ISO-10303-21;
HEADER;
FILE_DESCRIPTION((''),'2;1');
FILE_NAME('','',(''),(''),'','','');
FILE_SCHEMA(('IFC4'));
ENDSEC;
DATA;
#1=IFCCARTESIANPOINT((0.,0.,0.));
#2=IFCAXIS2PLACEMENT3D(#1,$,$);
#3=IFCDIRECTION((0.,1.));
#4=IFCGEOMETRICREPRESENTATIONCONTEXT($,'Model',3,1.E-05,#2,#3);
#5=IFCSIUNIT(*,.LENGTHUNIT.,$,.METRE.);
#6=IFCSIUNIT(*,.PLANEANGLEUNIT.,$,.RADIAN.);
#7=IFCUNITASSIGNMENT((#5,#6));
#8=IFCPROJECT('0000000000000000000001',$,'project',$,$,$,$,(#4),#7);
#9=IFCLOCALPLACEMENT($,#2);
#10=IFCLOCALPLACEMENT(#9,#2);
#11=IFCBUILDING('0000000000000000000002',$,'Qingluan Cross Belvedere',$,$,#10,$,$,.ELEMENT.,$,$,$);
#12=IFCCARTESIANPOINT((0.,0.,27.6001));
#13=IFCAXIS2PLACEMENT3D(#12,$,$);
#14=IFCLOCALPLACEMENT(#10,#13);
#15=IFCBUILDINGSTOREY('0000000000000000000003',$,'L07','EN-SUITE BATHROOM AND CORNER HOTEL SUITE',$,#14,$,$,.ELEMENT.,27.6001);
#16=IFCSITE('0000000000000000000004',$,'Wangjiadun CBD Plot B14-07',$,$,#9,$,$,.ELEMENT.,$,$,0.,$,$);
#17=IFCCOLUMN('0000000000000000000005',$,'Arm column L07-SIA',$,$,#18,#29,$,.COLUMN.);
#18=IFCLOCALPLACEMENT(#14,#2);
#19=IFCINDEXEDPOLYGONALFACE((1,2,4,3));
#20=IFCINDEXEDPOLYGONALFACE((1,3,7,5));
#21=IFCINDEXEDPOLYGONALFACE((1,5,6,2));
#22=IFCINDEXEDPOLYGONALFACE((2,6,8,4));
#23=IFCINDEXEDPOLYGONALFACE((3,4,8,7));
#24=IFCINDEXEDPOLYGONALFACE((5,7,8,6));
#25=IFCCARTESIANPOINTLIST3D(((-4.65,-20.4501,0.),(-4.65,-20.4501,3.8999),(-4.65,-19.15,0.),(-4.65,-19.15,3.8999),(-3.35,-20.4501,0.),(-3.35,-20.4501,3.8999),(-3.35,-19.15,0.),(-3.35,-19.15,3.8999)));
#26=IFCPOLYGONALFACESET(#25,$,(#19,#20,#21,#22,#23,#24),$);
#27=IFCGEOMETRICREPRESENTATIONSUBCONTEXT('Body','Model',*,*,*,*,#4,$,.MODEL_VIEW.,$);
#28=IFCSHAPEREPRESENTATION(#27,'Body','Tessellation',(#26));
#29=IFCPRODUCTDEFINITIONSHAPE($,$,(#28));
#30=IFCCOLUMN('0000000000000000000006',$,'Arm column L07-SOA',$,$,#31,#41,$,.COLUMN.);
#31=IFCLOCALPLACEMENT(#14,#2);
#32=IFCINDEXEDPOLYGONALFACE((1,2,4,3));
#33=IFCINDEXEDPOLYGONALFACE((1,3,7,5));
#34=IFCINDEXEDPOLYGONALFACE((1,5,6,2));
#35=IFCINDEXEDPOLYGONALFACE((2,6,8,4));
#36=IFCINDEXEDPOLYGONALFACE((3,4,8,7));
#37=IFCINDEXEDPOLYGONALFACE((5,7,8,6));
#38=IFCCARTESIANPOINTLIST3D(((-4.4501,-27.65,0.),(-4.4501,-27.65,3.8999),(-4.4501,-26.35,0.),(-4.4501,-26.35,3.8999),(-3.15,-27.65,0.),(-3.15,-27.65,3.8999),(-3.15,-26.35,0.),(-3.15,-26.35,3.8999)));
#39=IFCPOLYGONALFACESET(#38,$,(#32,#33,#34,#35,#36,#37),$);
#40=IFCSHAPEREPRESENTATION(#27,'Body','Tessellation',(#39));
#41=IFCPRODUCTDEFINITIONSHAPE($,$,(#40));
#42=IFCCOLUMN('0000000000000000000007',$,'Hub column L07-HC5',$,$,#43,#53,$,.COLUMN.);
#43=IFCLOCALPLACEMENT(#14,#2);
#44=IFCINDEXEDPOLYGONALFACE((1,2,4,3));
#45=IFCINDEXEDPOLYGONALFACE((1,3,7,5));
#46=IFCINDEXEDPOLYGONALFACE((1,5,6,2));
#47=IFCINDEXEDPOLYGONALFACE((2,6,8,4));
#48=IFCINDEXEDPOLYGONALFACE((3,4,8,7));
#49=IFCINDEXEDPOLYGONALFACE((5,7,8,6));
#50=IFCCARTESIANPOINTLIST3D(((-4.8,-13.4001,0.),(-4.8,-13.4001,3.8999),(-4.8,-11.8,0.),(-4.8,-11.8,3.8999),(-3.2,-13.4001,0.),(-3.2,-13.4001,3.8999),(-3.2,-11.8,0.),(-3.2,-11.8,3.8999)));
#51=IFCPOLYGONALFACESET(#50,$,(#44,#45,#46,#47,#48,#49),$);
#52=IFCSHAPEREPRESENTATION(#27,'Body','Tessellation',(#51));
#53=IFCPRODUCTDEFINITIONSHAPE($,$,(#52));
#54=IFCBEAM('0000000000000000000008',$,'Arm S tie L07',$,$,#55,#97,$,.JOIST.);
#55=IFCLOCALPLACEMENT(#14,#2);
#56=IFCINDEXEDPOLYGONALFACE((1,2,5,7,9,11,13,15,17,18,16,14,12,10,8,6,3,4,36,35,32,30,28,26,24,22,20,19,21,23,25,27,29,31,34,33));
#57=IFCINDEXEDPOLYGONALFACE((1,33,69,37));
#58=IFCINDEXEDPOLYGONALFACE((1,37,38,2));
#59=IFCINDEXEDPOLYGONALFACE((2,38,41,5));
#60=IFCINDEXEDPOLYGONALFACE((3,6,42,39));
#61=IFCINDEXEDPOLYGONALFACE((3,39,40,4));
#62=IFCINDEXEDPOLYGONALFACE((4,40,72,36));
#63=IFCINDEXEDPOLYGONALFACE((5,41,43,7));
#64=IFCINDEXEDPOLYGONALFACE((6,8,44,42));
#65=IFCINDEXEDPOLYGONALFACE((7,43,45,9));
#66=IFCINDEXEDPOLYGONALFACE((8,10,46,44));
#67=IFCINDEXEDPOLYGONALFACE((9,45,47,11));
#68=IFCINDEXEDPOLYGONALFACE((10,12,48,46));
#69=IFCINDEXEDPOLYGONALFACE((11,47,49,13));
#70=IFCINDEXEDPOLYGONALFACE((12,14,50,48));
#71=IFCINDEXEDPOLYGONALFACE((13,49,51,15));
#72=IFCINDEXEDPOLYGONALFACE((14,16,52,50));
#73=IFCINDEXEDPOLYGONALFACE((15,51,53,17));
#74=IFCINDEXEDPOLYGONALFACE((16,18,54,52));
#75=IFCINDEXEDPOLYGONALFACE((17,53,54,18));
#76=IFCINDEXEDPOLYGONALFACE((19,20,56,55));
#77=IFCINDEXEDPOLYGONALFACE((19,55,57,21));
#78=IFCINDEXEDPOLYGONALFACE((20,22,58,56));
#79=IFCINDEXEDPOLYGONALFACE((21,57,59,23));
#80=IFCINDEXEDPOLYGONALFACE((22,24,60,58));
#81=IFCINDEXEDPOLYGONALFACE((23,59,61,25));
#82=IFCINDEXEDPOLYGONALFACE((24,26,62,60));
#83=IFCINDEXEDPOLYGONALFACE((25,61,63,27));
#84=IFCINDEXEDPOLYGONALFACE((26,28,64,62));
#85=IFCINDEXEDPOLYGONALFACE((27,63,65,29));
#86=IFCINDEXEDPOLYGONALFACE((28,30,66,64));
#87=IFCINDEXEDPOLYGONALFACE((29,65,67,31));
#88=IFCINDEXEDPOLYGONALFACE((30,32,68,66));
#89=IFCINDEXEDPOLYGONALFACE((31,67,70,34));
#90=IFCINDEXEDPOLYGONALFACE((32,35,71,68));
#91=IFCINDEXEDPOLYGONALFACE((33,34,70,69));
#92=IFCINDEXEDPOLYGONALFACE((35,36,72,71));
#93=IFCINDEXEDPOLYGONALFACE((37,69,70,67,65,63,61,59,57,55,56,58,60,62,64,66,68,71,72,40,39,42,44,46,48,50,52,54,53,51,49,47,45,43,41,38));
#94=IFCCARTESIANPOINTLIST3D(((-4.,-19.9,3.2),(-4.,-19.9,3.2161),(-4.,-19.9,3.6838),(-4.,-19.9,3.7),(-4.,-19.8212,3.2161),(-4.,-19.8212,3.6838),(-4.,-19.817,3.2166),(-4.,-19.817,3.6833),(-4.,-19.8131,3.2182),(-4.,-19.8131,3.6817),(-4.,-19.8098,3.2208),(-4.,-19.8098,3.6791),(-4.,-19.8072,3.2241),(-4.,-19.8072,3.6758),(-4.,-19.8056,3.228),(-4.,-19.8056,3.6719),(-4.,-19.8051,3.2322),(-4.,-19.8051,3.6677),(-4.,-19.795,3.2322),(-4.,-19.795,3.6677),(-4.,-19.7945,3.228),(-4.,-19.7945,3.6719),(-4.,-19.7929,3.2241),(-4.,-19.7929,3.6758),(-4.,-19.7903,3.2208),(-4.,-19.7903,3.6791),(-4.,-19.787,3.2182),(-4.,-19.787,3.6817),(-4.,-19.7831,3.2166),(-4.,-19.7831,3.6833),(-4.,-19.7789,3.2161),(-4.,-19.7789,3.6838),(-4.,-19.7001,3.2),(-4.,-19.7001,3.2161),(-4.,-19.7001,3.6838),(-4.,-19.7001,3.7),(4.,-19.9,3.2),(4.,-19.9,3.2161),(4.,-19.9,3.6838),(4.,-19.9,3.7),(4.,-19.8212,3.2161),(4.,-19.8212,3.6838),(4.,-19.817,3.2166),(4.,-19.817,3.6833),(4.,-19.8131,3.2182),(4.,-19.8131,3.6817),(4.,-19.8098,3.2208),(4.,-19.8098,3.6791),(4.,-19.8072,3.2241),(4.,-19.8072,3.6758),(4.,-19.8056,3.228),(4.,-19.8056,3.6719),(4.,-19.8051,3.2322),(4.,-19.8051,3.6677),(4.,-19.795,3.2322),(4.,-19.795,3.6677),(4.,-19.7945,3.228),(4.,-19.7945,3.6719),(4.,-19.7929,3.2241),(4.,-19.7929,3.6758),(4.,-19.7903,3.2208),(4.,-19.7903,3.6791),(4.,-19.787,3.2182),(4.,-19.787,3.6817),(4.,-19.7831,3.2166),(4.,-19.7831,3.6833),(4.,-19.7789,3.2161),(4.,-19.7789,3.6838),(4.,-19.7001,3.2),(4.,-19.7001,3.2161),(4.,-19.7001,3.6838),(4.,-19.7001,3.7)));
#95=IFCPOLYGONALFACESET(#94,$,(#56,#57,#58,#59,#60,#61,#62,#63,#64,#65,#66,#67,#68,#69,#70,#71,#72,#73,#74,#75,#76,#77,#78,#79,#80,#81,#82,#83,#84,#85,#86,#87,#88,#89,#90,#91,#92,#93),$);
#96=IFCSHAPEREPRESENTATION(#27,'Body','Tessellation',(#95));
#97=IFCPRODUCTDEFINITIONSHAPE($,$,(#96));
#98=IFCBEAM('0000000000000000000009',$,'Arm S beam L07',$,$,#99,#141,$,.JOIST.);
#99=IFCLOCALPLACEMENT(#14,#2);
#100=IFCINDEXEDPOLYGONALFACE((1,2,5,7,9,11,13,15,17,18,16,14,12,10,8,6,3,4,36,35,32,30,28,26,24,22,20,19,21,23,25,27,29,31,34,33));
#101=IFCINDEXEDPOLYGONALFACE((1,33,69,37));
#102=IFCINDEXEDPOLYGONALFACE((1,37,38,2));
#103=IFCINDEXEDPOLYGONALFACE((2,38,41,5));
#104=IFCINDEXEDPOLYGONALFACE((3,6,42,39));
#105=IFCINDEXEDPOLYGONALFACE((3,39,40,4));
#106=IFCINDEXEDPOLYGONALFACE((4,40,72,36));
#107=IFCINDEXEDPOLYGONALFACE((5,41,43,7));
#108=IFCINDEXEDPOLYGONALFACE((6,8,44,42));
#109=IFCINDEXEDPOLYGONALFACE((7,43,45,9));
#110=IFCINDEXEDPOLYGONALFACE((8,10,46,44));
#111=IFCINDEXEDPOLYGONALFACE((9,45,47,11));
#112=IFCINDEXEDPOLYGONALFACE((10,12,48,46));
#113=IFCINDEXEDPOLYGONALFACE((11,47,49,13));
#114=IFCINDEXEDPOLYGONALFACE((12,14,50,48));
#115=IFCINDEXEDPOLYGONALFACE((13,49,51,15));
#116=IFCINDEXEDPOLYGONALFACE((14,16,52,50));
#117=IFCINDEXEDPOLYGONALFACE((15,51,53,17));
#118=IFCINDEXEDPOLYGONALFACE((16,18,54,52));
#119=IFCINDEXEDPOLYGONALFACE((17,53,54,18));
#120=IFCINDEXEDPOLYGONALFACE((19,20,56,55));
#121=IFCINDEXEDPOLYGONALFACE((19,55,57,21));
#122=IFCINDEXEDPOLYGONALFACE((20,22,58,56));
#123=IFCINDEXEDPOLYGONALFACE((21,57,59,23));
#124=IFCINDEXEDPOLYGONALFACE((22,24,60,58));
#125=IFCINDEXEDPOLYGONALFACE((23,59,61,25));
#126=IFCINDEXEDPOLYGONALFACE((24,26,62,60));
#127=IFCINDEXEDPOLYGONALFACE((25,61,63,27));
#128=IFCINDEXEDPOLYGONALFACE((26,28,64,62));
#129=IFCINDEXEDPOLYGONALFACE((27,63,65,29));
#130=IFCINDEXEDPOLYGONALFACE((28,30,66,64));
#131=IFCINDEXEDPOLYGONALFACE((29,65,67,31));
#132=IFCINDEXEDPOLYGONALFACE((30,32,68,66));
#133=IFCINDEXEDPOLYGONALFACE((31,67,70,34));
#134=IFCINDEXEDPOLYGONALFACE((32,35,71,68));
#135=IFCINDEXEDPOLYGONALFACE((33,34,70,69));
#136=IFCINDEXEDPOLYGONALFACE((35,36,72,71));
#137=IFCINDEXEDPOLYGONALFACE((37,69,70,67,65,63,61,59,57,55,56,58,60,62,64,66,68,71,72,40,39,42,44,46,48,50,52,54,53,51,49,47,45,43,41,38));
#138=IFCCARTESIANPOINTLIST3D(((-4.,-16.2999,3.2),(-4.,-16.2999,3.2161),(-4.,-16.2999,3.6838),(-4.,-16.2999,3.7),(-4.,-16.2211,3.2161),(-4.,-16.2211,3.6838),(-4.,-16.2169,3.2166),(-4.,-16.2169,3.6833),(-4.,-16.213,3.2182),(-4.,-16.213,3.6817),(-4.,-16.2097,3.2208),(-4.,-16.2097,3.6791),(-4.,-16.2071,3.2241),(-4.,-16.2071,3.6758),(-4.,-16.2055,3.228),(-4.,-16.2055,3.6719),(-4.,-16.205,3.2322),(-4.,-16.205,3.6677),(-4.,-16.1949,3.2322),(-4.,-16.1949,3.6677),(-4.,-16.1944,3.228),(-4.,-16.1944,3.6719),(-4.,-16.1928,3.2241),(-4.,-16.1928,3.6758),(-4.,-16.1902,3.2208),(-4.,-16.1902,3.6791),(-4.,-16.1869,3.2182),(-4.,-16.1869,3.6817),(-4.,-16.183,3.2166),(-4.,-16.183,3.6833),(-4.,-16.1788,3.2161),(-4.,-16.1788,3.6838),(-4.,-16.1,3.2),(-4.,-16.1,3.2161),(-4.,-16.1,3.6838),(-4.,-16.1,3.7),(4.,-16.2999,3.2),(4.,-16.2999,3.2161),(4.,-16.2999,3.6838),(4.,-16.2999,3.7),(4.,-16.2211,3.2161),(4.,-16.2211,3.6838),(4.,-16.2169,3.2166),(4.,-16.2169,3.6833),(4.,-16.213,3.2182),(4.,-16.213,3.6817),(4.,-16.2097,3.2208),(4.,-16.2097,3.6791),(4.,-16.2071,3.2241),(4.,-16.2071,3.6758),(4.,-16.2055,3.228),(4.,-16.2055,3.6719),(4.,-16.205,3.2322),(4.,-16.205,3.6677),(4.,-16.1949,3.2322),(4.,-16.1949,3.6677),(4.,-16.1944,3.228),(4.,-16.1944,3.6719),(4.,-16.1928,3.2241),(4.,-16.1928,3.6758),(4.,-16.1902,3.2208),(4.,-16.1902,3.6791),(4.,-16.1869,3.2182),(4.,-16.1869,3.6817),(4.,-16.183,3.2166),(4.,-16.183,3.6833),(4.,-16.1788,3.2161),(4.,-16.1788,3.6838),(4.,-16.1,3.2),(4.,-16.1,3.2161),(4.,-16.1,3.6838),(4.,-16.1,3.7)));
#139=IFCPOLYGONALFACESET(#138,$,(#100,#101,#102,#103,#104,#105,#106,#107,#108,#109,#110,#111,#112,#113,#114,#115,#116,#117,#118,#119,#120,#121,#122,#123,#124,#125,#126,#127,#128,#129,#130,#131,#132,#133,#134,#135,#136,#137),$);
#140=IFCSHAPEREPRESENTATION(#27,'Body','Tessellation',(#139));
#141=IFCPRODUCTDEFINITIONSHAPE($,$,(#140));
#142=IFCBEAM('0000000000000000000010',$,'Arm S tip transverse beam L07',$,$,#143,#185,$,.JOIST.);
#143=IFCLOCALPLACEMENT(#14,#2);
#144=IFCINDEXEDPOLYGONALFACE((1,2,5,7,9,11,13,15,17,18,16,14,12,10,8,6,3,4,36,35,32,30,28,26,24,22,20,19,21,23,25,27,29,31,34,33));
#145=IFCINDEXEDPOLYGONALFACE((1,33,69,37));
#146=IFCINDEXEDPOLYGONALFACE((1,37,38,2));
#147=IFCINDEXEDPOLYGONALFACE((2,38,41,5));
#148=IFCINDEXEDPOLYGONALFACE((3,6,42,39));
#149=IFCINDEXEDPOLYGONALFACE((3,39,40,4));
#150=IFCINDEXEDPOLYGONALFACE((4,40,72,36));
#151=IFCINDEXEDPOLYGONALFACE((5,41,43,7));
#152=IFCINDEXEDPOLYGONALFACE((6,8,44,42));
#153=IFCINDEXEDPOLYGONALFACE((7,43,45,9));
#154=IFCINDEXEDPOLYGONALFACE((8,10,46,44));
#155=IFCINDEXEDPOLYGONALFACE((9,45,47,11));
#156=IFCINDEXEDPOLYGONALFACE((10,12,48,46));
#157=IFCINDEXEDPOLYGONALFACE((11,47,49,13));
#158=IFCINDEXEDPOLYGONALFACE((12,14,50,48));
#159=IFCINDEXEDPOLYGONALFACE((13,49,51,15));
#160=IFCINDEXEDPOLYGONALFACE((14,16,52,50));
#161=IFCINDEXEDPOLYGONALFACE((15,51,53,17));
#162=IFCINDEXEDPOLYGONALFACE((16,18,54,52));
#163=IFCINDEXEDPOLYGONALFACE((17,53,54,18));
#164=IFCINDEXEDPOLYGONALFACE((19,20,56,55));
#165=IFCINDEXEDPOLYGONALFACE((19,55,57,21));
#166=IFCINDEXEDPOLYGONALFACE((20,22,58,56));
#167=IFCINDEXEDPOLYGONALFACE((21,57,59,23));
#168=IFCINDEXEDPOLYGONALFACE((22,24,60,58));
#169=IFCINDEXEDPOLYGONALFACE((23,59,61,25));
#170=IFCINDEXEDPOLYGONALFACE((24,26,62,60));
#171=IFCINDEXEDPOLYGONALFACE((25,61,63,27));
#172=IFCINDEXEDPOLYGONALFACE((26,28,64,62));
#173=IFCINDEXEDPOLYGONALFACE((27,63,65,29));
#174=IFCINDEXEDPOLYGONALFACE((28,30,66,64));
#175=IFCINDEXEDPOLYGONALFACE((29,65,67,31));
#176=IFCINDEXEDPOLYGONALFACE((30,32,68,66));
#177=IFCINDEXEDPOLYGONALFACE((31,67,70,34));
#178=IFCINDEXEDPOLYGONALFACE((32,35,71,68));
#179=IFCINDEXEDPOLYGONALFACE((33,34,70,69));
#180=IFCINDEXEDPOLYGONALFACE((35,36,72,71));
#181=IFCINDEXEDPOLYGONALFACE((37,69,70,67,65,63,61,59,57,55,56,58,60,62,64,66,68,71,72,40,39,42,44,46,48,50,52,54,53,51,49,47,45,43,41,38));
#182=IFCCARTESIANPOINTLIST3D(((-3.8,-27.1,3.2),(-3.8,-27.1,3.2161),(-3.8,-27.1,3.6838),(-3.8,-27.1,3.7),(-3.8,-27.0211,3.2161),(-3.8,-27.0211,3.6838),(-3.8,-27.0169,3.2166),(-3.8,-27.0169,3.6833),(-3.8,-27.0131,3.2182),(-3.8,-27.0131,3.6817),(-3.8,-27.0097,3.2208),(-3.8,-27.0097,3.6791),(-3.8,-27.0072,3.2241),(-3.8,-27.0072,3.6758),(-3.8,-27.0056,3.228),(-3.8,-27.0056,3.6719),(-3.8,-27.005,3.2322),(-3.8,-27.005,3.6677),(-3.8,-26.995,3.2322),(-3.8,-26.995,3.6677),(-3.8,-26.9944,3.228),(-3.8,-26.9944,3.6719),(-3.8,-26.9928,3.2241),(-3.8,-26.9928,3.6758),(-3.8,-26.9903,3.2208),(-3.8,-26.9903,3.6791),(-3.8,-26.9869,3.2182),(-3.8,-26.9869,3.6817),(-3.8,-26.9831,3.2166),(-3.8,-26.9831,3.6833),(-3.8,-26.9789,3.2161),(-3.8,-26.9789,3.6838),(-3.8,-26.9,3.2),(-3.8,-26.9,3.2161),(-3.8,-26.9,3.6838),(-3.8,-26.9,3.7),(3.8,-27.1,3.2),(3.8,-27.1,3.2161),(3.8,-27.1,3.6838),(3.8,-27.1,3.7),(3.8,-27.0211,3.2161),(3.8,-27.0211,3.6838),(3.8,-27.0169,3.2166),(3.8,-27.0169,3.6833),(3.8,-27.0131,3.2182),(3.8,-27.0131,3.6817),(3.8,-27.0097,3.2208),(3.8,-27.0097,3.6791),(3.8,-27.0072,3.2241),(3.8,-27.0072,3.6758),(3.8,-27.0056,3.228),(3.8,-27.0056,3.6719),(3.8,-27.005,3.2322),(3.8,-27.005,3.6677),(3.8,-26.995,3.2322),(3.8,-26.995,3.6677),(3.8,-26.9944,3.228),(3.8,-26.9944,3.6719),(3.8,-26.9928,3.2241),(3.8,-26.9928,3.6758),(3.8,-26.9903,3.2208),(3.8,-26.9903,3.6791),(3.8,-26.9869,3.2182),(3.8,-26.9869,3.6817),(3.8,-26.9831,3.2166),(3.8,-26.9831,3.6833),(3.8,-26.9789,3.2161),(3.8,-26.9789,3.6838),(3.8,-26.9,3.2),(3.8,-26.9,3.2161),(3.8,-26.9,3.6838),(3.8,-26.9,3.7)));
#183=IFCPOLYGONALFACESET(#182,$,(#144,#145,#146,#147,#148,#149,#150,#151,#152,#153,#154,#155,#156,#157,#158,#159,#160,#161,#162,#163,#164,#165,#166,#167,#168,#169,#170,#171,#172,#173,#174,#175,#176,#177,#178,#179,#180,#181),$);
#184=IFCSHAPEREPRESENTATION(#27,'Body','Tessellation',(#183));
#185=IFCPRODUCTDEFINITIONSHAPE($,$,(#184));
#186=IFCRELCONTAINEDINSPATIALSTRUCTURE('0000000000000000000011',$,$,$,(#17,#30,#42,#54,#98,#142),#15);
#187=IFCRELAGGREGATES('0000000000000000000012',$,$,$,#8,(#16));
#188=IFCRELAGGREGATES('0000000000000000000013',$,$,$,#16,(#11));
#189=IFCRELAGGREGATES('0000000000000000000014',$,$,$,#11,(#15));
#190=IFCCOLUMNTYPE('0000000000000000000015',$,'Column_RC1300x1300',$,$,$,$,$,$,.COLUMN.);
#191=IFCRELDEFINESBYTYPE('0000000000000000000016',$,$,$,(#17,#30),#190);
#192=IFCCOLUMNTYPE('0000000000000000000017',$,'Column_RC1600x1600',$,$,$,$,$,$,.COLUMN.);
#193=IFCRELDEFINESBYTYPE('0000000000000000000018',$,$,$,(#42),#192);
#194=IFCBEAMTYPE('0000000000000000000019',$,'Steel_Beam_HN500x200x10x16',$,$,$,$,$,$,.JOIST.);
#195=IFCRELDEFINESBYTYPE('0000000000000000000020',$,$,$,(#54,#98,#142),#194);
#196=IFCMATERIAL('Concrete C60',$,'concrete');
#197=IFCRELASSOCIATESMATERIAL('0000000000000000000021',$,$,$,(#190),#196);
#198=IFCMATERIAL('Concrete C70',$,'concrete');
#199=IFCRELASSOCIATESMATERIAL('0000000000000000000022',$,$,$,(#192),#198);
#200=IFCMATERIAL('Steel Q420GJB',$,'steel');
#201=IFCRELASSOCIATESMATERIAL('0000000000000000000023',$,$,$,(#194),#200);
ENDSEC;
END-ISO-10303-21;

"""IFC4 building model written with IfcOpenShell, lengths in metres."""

from ifc_helpers import new_model, si_unit, direction, frame, origin, origin_2d, place, context, subcontext, project, spatial, rectangle, i_section, extrude, material, material_profile, profile_set, type_object, element, save


model = new_model("IFC4")

# Units and contexts
model_context = context("Model", 3, precision=1e-05, world=origin(), true_north=direction((0.0, 1.0)))
body_context = subcontext(model_context, "Body", "Model", "MODEL_VIEW")
ifc_project = project(units=[si_unit("LENGTHUNIT", "METRE"), si_unit("PLANEANGLEUNIT", "RADIAN")], contexts=[model_context])

# Site, building, storey
site_placement = place(None, origin())
site = spatial("IfcSite", under=ifc_project, at=site_placement, Name="Wangjiadun CBD Plot B14-07", CompositionType="ELEMENT", RefElevation=0.0)
building_placement = place(site_placement, origin())
building = spatial("IfcBuilding", under=site, at=building_placement, Name="Qingluan Cross Belvedere", CompositionType="ELEMENT")
storey_placement = place(building_placement, frame((0.0, 0.0, 27.6001)))
storey = spatial("IfcBuildingStorey", under=building, at=storey_placement, Name="L07", Description="EN-SUITE BATHROOM AND CORNER HOTEL SUITE", CompositionType="ELEMENT", Elevation=27.6001)

# Columns
ifc_material_1 = material(Name="Concrete C60", Category="concrete")
ifc_material_profile_1 = material_profile(ifc_material_1, rectangle(XDim=1.3, YDim=1.3, at=origin_2d()), Name="RC1300x1300")
ifc_profile_set_1 = profile_set([ifc_material_profile_1], Name="Concrete C60")
column_type_1 = type_object("IfcColumnType", Name="Column_RC1300x1300", PredefinedType="COLUMN", material=ifc_profile_set_1)
for number, where, z_axis, x_axis, name in (
    (1, (-4.0, -19.8, 0.0), (0.0, 0.0, 1.0), (1.0, 0.0, 0.0), "Arm column L07-SIA"),
    (2, (-3.8, -27.0, 0.0), (0.0, 0.0, 1.0), (1.0, 0.0, 0.0), "Arm column L07-SOA"),
):
    element("IfcColumn", number, at=place(storey_placement, frame(where, z_axis=z_axis, x_axis=x_axis)), inside=storey, type_object=column_type_1, Name=name, PredefinedType="COLUMN", context=body_context, shape_type="SweptSolid", body=[
        extrude(rectangle(XDim=1.3, YDim=1.3, at=origin_2d()), origin(), (0.0, 0.0, 1.0), 3.8999),
    ])
ifc_material_2 = material(Name="Concrete C70", Category="concrete")
ifc_material_profile_2 = material_profile(ifc_material_2, rectangle(XDim=1.6001, YDim=1.6001, at=origin_2d()), Name="RC1600x1600")
ifc_profile_set_2 = profile_set([ifc_material_profile_2], Name="Concrete C70")
column_type_2 = type_object("IfcColumnType", Name="Column_RC1600x1600", PredefinedType="COLUMN", material=ifc_profile_set_2)
column_placement = place(storey_placement, frame((-4.0, -12.6001, 0.0), z_axis=(0.0, 0.0, 1.0), x_axis=(1.0, 0.0, 0.0)))
element("IfcColumn", 3, at=column_placement, inside=storey, type_object=column_type_2, Name="Hub column L07-HC5", PredefinedType="COLUMN", context=body_context, shape_type="SweptSolid", body=[
    extrude(rectangle(XDim=1.6001, YDim=1.6001, at=origin_2d()), origin(), (0.0, 0.0, 1.0), 3.8999),
])

# Beams
ifc_material_3 = material(Name="Steel Q420GJB", Category="steel")
ifc_material_profile_3 = material_profile(ifc_material_3, i_section(OverallWidth=0.2, OverallDepth=0.5, WebThickness=0.01, FlangeThickness=0.0161, FilletRadius=0.0161, at=origin_2d()), Name="HN500x200x10x16")
ifc_profile_set_3 = profile_set([ifc_material_profile_3], Name="Steel Q420GJB")
beam_type_1 = type_object("IfcBeamType", Name="Steel_Beam_HN500x200x10x16", PredefinedType="JOIST", material=ifc_profile_set_3)
for number, where, z_axis, x_axis, name in (
    (4, (-4.0, -19.8, 3.45), (1.0, 0.0, 0.0), (0.0, 1.0, 0.0), "Arm S tie L07"),
    (5, (-4.0, -16.2, 3.45), (1.0, 0.0, 0.0), (0.0, 1.0, 0.0), "Arm S beam L07"),
):
    element("IfcBeam", number, at=place(storey_placement, frame(where, z_axis=z_axis, x_axis=x_axis)), inside=storey, type_object=beam_type_1, Name=name, PredefinedType="JOIST", context=body_context, shape_type="SweptSolid", body=[
        extrude(i_section(OverallWidth=0.2, OverallDepth=0.5, WebThickness=0.01, FlangeThickness=0.0161, FilletRadius=0.0161, at=origin_2d()), origin(), (0.0, 0.0, 1.0), 8.0),
    ])
beam_1_placement = place(storey_placement, frame((-3.8, -27.0, 3.45), z_axis=(1.0, 0.0, 0.0), x_axis=(0.0, 1.0, 0.0)))
element("IfcBeam", 6, at=beam_1_placement, inside=storey, type_object=beam_type_1, Name="Arm S tip transverse beam L07", PredefinedType="JOIST", context=body_context, shape_type="SweptSolid", body=[
    extrude(i_section(OverallWidth=0.2, OverallDepth=0.5, WebThickness=0.01, FlangeThickness=0.0161, FilletRadius=0.0161, at=origin_2d()), origin(), (0.0, 0.0, 1.0), 7.6001),
])

save(model, "model.ifc")
